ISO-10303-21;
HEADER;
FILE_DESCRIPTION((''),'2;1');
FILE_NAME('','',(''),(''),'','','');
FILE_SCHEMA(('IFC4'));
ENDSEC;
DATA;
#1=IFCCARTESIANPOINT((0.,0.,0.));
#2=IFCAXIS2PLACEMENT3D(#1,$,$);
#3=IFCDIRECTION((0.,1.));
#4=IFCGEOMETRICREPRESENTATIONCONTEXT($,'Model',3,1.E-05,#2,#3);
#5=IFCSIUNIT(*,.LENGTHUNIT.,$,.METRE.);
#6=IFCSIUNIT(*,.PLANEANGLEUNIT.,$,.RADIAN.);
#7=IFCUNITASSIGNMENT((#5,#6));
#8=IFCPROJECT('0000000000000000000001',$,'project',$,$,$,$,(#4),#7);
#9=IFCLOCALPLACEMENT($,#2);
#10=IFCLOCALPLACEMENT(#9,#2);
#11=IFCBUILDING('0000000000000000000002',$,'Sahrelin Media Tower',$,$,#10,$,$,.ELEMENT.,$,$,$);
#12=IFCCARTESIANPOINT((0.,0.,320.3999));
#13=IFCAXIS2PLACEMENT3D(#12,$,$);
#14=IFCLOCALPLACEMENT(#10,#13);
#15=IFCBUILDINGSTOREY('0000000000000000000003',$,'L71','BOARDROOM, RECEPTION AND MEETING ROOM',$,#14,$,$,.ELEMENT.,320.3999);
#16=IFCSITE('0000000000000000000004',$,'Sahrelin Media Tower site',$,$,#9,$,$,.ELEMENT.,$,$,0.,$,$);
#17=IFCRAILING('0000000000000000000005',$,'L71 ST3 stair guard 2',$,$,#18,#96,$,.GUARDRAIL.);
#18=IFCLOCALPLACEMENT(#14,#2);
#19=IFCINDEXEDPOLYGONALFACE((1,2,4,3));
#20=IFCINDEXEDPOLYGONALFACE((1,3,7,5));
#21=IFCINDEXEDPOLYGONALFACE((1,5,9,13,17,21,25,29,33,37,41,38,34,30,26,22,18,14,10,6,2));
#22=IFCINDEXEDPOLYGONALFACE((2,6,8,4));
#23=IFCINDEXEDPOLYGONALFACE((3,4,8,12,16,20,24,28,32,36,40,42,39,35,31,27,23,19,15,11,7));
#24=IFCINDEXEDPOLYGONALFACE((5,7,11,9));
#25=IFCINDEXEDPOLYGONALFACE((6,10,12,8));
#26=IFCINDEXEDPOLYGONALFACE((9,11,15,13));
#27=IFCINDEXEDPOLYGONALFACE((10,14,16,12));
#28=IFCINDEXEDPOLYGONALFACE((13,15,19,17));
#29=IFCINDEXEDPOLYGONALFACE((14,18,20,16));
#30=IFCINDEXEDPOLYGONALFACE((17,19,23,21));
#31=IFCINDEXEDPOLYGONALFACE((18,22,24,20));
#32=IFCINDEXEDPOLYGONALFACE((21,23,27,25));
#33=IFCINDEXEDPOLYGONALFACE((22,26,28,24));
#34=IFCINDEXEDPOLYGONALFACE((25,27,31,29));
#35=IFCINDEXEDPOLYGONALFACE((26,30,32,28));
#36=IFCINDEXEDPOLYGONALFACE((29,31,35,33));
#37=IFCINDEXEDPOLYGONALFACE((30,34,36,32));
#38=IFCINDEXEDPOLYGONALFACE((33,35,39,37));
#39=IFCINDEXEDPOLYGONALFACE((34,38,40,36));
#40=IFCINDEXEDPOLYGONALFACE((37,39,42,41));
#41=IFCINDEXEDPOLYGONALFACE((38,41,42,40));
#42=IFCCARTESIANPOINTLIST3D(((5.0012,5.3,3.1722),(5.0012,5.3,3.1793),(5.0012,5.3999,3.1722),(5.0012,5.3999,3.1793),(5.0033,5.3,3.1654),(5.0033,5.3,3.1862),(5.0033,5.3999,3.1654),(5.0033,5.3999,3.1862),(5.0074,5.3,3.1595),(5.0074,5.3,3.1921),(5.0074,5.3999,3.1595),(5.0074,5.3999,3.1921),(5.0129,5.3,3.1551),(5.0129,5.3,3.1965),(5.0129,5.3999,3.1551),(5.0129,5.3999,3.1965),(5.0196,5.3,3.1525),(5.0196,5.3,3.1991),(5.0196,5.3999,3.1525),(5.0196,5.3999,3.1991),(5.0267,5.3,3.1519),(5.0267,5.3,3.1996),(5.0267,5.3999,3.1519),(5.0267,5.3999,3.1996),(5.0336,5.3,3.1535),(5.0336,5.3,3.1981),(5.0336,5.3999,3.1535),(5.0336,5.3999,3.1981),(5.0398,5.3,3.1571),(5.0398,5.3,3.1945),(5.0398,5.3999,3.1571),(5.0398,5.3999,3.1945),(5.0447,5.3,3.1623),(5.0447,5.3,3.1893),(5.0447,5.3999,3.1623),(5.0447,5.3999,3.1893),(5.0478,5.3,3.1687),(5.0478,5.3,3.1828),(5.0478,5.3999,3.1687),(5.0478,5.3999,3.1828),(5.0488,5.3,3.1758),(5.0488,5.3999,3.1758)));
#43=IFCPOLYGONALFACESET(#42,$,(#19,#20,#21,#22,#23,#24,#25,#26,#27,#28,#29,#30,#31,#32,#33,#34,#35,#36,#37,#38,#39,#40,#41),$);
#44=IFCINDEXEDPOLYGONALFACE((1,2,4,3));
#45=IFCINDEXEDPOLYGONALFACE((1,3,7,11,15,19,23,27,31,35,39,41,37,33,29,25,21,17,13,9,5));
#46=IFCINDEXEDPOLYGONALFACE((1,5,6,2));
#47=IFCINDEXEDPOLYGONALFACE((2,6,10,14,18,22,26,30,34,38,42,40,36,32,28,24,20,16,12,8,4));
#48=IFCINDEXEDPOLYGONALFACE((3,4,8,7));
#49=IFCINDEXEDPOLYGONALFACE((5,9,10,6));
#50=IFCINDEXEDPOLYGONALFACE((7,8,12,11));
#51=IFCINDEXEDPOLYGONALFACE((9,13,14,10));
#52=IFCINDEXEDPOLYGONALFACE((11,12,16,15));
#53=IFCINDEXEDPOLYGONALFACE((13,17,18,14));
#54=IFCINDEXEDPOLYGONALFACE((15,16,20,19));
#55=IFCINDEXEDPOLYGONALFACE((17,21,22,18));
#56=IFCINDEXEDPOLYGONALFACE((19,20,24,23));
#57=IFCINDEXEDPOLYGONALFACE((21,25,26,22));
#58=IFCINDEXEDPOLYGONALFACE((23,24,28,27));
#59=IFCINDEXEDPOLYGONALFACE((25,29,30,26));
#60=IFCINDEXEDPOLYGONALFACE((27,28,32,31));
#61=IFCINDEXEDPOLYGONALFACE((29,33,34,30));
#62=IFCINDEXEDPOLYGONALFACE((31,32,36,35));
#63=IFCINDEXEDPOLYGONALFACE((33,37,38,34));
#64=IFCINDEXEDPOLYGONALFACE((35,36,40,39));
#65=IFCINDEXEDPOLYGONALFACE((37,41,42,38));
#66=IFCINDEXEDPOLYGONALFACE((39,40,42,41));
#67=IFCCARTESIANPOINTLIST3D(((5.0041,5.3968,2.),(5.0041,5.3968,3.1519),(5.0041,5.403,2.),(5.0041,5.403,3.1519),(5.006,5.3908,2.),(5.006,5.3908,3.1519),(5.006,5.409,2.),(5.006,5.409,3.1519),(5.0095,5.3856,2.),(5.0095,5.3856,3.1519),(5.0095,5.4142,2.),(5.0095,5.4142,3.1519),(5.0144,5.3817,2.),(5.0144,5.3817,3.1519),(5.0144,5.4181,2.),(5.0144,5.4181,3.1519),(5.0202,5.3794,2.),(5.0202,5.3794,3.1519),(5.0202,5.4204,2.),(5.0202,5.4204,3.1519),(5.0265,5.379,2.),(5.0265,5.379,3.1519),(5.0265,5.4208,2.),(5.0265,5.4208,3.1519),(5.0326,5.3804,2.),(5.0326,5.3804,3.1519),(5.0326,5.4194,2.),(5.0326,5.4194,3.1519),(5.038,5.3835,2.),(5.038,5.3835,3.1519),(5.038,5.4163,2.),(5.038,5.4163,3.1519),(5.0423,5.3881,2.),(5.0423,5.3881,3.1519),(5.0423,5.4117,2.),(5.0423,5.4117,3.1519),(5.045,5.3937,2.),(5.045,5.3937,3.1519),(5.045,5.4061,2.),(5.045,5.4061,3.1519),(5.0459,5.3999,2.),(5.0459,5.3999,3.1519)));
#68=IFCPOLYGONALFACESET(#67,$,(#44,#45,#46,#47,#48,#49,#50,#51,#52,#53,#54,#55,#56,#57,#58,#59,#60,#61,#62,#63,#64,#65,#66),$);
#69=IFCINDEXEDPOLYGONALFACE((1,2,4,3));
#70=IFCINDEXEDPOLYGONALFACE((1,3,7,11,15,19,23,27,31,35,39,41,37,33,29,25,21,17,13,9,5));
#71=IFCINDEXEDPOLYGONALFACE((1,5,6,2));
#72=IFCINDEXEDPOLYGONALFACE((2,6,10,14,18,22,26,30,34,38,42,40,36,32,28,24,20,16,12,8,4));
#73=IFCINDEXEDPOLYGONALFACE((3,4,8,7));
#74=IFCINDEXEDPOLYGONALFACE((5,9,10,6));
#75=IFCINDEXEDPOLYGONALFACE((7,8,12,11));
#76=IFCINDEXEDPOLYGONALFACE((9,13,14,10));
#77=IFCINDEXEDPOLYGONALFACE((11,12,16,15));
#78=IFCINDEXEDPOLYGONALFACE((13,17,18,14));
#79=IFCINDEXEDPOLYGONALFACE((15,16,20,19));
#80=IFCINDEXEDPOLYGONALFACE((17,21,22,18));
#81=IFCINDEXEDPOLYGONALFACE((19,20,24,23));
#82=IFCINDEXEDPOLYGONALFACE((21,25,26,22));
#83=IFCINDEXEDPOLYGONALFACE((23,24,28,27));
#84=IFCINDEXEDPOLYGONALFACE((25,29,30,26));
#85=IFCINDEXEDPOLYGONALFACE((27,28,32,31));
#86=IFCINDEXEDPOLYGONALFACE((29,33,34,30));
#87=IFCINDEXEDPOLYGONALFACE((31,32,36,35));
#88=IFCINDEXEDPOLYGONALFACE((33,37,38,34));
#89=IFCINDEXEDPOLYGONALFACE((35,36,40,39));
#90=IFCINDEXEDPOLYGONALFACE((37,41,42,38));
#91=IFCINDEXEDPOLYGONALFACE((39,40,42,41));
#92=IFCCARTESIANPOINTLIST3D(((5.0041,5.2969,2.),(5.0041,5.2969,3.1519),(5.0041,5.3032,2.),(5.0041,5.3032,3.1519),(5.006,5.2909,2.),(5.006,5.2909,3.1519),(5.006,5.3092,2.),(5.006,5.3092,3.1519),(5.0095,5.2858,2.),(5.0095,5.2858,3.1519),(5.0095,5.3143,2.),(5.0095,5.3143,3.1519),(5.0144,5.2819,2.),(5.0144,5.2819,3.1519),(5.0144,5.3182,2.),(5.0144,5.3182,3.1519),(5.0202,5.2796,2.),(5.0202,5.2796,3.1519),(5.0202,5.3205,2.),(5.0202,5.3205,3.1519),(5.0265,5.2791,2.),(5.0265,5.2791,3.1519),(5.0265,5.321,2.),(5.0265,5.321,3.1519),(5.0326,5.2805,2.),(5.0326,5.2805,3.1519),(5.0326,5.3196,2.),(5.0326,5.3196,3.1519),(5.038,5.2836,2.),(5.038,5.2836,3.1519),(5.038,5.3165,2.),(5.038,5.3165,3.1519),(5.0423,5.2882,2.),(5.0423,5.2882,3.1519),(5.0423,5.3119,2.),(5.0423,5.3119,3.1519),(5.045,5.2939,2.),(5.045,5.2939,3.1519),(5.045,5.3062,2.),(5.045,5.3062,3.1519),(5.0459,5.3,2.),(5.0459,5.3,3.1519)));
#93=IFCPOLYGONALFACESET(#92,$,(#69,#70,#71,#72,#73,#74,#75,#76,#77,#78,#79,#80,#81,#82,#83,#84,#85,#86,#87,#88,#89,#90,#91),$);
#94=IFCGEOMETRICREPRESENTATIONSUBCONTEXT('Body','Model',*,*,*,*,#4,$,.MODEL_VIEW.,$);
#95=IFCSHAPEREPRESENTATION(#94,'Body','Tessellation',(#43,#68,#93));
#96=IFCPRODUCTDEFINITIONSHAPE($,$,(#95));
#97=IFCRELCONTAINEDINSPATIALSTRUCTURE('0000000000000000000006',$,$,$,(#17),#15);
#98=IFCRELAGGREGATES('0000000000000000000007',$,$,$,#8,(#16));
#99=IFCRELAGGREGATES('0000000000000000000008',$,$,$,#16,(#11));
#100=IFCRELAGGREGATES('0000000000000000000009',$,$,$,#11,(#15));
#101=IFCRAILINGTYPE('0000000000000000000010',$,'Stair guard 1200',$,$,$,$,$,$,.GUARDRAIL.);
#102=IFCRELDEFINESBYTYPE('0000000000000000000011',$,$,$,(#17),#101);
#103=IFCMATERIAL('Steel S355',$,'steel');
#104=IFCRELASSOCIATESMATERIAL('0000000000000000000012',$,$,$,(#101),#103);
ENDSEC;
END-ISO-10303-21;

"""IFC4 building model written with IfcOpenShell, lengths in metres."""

from ifc_helpers import new_model, si_unit, direction, frame, origin, origin_2d, place, context, subcontext, project, spatial, circle, extrude, material, type_object, element, save


model = new_model("IFC4")

# Units and contexts
model_context = context("Model", 3, precision=1e-05, world=origin(), true_north=direction((0.0, 1.0)))
body_context = subcontext(model_context, "Body", "Model", "MODEL_VIEW")
ifc_project = project(units=[si_unit("LENGTHUNIT", "METRE"), si_unit("PLANEANGLEUNIT", "RADIAN")], contexts=[model_context])

# Site, building, storey
site_placement = place(None, origin())
site = spatial("IfcSite", under=ifc_project, at=site_placement, Name="Sahrelin Media Tower site", CompositionType="ELEMENT", RefElevation=0.0)
building_placement = place(site_placement, origin())
building = spatial("IfcBuilding", under=site, at=building_placement, Name="Sahrelin Media Tower", CompositionType="ELEMENT")
storey_placement = place(building_placement, frame((0.0, 0.0, 320.3999)))
storey = spatial("IfcBuildingStorey", under=building, at=storey_placement, Name="L71", Description="BOARDROOM, RECEPTION AND MEETING ROOM", CompositionType="ELEMENT", Elevation=320.3999)

# Shared definitions
ifc_material_1 = material(Name="Steel S355", Category="steel")

# Railing
railing_type_1 = type_object("IfcRailingType", Name="Stair guard 1200", PredefinedType="GUARDRAIL", material=ifc_material_1)
railing_1_placement = place(storey_placement, frame((5.0249, 5.3999, 2.0)))
element("IfcRailing", 1, at=railing_1_placement, inside=storey, type_object=railing_type_1, Name="L71 ST3 stair guard 2", PredefinedType="GUARDRAIL", context=body_context, shape_type="SweptSolid", body=[
    extrude(circle(Radius=0.0239, at=origin_2d()), frame((0.0, 0.0, 1.1758), z_axis=(0.0, -1.0, 0.0), x_axis=(1.0, 0.0, 0.0)), (0.0, 0.0, 1.0), 0.0999),
    extrude(circle(Radius=0.021, at=origin_2d()), origin(), (0.0, 0.0, 1.0), 1.1519),
    extrude(circle(Radius=0.021, at=origin_2d()), frame((0.0, -0.0999, 0.0)), (0.0, 0.0, 1.0), 1.1519),
])

save(model, "model.ifc")
